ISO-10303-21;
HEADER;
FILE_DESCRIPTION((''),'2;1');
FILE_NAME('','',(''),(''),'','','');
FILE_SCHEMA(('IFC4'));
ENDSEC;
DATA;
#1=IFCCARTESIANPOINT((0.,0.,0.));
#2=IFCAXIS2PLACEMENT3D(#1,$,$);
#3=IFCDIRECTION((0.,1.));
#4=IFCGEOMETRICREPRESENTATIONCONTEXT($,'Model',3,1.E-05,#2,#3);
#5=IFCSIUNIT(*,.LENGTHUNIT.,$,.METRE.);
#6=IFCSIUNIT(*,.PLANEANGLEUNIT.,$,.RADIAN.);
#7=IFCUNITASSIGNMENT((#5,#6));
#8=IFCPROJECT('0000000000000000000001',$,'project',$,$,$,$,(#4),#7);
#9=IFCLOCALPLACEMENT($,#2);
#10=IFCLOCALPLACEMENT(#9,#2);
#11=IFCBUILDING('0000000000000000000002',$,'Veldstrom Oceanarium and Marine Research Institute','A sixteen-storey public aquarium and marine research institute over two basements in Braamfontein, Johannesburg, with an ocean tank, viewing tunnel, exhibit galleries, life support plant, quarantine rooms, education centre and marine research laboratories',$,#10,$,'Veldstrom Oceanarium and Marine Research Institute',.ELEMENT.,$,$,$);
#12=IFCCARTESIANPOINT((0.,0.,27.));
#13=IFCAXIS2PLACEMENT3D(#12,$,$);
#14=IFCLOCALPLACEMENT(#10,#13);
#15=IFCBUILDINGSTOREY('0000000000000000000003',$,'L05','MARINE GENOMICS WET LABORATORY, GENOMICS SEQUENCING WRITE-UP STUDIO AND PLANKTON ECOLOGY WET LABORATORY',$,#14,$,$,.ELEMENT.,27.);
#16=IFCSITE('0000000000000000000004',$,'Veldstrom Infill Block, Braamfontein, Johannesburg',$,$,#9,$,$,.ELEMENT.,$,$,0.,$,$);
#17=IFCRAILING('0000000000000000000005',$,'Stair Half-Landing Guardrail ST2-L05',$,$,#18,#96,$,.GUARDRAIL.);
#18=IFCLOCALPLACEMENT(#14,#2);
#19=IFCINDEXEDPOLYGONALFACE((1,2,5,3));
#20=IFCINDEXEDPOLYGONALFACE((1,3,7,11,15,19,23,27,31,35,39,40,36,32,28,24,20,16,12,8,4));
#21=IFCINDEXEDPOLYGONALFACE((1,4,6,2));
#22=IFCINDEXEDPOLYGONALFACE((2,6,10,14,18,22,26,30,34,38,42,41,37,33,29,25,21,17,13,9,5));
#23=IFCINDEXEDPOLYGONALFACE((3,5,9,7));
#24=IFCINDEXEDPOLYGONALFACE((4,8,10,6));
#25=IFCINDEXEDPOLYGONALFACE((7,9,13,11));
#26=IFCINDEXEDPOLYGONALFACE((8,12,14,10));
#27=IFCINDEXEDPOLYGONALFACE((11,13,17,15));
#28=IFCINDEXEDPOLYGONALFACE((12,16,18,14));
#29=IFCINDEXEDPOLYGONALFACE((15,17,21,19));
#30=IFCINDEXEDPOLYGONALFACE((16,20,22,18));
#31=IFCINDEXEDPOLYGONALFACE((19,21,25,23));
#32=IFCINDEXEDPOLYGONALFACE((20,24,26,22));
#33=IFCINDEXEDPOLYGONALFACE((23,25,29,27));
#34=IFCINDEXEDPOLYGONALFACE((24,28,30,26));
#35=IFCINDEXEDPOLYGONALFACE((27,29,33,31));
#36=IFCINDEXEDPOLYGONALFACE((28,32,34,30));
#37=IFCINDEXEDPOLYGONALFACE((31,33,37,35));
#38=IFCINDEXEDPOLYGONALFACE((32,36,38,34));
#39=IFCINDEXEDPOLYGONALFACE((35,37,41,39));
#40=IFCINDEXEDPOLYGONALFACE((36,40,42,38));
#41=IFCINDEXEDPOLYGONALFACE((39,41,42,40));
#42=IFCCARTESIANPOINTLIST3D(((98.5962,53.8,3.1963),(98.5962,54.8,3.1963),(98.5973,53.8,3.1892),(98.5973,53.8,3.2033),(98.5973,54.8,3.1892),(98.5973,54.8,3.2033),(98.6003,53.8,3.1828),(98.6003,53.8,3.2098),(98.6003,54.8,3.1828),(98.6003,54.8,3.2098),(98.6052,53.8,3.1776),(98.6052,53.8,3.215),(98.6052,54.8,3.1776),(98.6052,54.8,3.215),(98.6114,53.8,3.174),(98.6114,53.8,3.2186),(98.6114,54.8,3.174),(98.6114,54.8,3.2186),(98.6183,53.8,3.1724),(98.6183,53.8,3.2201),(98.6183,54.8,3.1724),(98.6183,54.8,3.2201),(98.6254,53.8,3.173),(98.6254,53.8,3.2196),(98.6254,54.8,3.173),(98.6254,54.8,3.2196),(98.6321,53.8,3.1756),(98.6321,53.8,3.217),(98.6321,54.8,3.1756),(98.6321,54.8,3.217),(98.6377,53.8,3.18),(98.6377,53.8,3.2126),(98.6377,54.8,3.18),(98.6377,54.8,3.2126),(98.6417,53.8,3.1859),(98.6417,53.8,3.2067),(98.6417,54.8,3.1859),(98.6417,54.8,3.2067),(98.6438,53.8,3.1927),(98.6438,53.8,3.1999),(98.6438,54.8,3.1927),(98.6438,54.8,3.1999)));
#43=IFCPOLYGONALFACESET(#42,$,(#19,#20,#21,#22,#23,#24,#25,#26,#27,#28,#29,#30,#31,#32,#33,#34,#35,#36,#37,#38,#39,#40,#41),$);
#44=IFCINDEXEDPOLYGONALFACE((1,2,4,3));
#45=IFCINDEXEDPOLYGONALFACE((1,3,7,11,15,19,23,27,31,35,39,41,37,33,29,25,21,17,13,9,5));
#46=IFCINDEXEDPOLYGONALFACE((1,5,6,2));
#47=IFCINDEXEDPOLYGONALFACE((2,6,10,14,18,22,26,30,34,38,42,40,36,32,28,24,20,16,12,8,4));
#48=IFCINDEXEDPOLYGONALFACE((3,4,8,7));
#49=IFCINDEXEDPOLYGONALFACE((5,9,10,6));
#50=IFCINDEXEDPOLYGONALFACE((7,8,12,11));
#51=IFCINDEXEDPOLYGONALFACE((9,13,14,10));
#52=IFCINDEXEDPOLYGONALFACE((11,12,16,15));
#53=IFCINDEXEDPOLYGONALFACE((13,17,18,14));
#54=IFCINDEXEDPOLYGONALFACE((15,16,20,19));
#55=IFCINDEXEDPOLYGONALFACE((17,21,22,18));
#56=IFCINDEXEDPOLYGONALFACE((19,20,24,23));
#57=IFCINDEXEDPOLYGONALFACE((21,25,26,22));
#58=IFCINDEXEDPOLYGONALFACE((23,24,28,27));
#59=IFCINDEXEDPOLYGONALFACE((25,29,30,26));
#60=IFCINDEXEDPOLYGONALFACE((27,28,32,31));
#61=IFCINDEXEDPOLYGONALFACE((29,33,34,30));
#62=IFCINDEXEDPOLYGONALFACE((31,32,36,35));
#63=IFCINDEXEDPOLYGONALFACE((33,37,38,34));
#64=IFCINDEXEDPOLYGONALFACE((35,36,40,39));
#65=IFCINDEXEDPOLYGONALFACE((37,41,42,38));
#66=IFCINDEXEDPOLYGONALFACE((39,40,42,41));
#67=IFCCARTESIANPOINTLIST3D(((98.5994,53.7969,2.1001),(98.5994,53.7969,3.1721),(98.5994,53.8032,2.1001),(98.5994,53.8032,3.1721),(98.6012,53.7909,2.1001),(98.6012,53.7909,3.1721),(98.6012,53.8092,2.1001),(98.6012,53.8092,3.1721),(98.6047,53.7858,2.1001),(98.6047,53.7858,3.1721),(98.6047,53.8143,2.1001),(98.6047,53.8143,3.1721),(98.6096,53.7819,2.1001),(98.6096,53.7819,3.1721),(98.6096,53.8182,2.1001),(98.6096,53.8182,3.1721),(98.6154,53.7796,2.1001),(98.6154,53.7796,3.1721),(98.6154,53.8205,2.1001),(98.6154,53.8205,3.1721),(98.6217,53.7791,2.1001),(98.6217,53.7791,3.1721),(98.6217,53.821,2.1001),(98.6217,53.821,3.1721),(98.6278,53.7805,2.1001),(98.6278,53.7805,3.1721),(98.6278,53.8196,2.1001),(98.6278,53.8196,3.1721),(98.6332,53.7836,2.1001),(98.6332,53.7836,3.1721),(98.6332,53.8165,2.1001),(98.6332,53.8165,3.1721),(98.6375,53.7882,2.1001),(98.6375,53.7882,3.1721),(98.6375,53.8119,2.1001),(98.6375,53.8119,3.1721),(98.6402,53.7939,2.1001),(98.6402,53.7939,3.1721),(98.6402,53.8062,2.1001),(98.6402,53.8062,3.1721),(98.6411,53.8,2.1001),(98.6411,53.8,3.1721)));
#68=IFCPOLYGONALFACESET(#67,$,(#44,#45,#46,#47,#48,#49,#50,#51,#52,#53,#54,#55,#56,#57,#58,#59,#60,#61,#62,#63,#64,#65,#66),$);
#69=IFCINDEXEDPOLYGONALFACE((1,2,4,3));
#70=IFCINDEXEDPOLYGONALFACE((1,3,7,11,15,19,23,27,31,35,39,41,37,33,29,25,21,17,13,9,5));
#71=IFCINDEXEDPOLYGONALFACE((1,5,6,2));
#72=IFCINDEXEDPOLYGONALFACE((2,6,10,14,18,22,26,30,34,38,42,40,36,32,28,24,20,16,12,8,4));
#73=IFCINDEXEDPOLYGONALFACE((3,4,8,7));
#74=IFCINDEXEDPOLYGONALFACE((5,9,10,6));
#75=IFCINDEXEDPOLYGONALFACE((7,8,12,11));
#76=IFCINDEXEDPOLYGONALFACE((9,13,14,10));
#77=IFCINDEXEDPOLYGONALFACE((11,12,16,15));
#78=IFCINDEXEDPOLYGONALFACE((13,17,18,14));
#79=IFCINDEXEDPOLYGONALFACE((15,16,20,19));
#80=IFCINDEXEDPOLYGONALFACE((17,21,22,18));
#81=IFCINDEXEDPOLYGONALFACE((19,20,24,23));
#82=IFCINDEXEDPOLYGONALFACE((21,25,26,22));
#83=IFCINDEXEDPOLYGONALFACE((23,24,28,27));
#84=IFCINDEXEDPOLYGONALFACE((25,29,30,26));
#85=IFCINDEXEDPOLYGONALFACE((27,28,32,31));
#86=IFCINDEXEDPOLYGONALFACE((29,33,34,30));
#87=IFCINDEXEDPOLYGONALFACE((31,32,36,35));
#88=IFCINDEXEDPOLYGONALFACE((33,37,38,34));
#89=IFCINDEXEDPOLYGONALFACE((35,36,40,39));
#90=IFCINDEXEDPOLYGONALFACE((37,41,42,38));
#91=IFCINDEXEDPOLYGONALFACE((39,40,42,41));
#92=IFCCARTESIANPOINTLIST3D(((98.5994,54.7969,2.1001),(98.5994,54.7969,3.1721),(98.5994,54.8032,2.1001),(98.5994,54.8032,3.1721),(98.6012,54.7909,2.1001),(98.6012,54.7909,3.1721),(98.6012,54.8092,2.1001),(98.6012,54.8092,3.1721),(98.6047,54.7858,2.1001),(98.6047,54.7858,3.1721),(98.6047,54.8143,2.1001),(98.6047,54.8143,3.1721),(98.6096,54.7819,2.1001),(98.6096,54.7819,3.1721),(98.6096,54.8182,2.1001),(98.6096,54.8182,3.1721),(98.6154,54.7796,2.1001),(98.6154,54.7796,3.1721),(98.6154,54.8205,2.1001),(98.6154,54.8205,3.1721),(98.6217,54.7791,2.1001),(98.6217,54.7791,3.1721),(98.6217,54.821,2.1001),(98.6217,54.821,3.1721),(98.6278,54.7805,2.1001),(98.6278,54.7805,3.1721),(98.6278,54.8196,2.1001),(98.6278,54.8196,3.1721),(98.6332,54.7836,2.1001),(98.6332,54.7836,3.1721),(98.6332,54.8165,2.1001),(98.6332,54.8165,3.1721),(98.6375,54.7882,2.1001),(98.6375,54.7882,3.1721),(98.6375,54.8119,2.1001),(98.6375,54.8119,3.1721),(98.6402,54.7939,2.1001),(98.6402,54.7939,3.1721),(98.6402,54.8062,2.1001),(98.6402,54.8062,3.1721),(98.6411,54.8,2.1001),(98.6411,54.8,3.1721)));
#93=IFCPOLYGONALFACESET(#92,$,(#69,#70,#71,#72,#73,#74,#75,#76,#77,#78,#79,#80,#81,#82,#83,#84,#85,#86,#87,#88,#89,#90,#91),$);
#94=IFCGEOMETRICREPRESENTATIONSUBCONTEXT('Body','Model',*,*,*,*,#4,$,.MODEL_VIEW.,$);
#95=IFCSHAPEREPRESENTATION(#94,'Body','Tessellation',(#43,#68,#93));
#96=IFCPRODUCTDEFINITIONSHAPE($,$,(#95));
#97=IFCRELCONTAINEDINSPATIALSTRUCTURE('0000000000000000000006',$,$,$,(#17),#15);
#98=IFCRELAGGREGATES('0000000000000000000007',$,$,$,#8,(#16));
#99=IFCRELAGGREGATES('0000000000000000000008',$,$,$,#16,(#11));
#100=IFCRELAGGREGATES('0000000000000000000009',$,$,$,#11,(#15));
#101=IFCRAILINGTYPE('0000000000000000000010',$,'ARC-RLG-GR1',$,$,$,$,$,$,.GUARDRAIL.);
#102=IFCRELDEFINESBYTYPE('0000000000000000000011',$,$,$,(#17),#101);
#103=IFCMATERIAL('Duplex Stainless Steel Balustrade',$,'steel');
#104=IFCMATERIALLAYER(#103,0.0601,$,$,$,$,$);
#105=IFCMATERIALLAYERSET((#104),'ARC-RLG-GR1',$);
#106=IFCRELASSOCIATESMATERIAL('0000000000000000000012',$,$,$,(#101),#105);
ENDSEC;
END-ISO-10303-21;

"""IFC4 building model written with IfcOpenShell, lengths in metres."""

from ifc_helpers import new_model, si_unit, direction, frame, origin, origin_2d, place, context, subcontext, project, spatial, circle, extrude, material, layer, layer_set, type_object, element, save


model = new_model("IFC4")

# Units and contexts
model_context = context("Model", 3, precision=1e-05, world=origin(), true_north=direction((0.0, 1.0)))
body_context = subcontext(model_context, "Body", "Model", "MODEL_VIEW")
ifc_project = project(units=[si_unit("LENGTHUNIT", "METRE"), si_unit("PLANEANGLEUNIT", "RADIAN")], contexts=[model_context])

# Site, building, storey
site_placement = place(None, origin())
site = spatial("IfcSite", under=ifc_project, at=site_placement, Name="Veldstrom Infill Block, Braamfontein, Johannesburg", CompositionType="ELEMENT", RefElevation=0.0)
building_placement = place(site_placement, origin())
building = spatial("IfcBuilding", under=site, at=building_placement, Name="Veldstrom Oceanarium and Marine Research Institute", Description="A sixteen-storey public aquarium and marine research institute over two basements in Braamfontein, Johannesburg, with an ocean tank, viewing tunnel, exhibit galleries, life support plant, quarantine rooms, education centre and marine research laboratories", LongName="Veldstrom Oceanarium and Marine Research Institute", CompositionType="ELEMENT")
storey_placement = place(building_placement, frame((0.0, 0.0, 27.0)))
storey = spatial("IfcBuildingStorey", under=building, at=storey_placement, Name="L05", Description="MARINE GENOMICS WET LABORATORY, GENOMICS SEQUENCING WRITE-UP STUDIO AND PLANKTON ECOLOGY WET LABORATORY", CompositionType="ELEMENT", Elevation=27.0)

# Railing
ifc_material_1 = material(Name="Duplex Stainless Steel Balustrade", Category="steel")
ifc_layer_1 = layer(ifc_material_1, 0.0601)
ifc_layer_set_1 = layer_set([ifc_layer_1], Name="ARC-RLG-GR1")
railing_type_1 = type_object("IfcRailingType", Name="ARC-RLG-GR1", PredefinedType="GUARDRAIL", material=ifc_layer_set_1)
railing_1_placement = place(storey_placement, frame((98.6201, 53.8, 2.1001)))
element("IfcRailing", 1, at=railing_1_placement, inside=storey, type_object=railing_type_1, Name="Stair Half-Landing Guardrail ST2-L05", PredefinedType="GUARDRAIL", context=body_context, shape_type="SweptSolid", body=[
    extrude(circle(Radius=0.0239, at=origin_2d()), frame((0.0, 0.0, 1.0962), z_axis=(0.0, 1.0, 0.0), x_axis=(-1.0, 0.0, 0.0)), (0.0, 0.0, 1.0), 1.0),
    extrude(circle(Radius=0.021, at=origin_2d()), origin(), (0.0, 0.0, 1.0), 1.072),
    extrude(circle(Radius=0.021, at=origin_2d()), frame((0.0, 1.0, 0.0)), (0.0, 0.0, 1.0), 1.072),
])

save(model, "model.ifc")
